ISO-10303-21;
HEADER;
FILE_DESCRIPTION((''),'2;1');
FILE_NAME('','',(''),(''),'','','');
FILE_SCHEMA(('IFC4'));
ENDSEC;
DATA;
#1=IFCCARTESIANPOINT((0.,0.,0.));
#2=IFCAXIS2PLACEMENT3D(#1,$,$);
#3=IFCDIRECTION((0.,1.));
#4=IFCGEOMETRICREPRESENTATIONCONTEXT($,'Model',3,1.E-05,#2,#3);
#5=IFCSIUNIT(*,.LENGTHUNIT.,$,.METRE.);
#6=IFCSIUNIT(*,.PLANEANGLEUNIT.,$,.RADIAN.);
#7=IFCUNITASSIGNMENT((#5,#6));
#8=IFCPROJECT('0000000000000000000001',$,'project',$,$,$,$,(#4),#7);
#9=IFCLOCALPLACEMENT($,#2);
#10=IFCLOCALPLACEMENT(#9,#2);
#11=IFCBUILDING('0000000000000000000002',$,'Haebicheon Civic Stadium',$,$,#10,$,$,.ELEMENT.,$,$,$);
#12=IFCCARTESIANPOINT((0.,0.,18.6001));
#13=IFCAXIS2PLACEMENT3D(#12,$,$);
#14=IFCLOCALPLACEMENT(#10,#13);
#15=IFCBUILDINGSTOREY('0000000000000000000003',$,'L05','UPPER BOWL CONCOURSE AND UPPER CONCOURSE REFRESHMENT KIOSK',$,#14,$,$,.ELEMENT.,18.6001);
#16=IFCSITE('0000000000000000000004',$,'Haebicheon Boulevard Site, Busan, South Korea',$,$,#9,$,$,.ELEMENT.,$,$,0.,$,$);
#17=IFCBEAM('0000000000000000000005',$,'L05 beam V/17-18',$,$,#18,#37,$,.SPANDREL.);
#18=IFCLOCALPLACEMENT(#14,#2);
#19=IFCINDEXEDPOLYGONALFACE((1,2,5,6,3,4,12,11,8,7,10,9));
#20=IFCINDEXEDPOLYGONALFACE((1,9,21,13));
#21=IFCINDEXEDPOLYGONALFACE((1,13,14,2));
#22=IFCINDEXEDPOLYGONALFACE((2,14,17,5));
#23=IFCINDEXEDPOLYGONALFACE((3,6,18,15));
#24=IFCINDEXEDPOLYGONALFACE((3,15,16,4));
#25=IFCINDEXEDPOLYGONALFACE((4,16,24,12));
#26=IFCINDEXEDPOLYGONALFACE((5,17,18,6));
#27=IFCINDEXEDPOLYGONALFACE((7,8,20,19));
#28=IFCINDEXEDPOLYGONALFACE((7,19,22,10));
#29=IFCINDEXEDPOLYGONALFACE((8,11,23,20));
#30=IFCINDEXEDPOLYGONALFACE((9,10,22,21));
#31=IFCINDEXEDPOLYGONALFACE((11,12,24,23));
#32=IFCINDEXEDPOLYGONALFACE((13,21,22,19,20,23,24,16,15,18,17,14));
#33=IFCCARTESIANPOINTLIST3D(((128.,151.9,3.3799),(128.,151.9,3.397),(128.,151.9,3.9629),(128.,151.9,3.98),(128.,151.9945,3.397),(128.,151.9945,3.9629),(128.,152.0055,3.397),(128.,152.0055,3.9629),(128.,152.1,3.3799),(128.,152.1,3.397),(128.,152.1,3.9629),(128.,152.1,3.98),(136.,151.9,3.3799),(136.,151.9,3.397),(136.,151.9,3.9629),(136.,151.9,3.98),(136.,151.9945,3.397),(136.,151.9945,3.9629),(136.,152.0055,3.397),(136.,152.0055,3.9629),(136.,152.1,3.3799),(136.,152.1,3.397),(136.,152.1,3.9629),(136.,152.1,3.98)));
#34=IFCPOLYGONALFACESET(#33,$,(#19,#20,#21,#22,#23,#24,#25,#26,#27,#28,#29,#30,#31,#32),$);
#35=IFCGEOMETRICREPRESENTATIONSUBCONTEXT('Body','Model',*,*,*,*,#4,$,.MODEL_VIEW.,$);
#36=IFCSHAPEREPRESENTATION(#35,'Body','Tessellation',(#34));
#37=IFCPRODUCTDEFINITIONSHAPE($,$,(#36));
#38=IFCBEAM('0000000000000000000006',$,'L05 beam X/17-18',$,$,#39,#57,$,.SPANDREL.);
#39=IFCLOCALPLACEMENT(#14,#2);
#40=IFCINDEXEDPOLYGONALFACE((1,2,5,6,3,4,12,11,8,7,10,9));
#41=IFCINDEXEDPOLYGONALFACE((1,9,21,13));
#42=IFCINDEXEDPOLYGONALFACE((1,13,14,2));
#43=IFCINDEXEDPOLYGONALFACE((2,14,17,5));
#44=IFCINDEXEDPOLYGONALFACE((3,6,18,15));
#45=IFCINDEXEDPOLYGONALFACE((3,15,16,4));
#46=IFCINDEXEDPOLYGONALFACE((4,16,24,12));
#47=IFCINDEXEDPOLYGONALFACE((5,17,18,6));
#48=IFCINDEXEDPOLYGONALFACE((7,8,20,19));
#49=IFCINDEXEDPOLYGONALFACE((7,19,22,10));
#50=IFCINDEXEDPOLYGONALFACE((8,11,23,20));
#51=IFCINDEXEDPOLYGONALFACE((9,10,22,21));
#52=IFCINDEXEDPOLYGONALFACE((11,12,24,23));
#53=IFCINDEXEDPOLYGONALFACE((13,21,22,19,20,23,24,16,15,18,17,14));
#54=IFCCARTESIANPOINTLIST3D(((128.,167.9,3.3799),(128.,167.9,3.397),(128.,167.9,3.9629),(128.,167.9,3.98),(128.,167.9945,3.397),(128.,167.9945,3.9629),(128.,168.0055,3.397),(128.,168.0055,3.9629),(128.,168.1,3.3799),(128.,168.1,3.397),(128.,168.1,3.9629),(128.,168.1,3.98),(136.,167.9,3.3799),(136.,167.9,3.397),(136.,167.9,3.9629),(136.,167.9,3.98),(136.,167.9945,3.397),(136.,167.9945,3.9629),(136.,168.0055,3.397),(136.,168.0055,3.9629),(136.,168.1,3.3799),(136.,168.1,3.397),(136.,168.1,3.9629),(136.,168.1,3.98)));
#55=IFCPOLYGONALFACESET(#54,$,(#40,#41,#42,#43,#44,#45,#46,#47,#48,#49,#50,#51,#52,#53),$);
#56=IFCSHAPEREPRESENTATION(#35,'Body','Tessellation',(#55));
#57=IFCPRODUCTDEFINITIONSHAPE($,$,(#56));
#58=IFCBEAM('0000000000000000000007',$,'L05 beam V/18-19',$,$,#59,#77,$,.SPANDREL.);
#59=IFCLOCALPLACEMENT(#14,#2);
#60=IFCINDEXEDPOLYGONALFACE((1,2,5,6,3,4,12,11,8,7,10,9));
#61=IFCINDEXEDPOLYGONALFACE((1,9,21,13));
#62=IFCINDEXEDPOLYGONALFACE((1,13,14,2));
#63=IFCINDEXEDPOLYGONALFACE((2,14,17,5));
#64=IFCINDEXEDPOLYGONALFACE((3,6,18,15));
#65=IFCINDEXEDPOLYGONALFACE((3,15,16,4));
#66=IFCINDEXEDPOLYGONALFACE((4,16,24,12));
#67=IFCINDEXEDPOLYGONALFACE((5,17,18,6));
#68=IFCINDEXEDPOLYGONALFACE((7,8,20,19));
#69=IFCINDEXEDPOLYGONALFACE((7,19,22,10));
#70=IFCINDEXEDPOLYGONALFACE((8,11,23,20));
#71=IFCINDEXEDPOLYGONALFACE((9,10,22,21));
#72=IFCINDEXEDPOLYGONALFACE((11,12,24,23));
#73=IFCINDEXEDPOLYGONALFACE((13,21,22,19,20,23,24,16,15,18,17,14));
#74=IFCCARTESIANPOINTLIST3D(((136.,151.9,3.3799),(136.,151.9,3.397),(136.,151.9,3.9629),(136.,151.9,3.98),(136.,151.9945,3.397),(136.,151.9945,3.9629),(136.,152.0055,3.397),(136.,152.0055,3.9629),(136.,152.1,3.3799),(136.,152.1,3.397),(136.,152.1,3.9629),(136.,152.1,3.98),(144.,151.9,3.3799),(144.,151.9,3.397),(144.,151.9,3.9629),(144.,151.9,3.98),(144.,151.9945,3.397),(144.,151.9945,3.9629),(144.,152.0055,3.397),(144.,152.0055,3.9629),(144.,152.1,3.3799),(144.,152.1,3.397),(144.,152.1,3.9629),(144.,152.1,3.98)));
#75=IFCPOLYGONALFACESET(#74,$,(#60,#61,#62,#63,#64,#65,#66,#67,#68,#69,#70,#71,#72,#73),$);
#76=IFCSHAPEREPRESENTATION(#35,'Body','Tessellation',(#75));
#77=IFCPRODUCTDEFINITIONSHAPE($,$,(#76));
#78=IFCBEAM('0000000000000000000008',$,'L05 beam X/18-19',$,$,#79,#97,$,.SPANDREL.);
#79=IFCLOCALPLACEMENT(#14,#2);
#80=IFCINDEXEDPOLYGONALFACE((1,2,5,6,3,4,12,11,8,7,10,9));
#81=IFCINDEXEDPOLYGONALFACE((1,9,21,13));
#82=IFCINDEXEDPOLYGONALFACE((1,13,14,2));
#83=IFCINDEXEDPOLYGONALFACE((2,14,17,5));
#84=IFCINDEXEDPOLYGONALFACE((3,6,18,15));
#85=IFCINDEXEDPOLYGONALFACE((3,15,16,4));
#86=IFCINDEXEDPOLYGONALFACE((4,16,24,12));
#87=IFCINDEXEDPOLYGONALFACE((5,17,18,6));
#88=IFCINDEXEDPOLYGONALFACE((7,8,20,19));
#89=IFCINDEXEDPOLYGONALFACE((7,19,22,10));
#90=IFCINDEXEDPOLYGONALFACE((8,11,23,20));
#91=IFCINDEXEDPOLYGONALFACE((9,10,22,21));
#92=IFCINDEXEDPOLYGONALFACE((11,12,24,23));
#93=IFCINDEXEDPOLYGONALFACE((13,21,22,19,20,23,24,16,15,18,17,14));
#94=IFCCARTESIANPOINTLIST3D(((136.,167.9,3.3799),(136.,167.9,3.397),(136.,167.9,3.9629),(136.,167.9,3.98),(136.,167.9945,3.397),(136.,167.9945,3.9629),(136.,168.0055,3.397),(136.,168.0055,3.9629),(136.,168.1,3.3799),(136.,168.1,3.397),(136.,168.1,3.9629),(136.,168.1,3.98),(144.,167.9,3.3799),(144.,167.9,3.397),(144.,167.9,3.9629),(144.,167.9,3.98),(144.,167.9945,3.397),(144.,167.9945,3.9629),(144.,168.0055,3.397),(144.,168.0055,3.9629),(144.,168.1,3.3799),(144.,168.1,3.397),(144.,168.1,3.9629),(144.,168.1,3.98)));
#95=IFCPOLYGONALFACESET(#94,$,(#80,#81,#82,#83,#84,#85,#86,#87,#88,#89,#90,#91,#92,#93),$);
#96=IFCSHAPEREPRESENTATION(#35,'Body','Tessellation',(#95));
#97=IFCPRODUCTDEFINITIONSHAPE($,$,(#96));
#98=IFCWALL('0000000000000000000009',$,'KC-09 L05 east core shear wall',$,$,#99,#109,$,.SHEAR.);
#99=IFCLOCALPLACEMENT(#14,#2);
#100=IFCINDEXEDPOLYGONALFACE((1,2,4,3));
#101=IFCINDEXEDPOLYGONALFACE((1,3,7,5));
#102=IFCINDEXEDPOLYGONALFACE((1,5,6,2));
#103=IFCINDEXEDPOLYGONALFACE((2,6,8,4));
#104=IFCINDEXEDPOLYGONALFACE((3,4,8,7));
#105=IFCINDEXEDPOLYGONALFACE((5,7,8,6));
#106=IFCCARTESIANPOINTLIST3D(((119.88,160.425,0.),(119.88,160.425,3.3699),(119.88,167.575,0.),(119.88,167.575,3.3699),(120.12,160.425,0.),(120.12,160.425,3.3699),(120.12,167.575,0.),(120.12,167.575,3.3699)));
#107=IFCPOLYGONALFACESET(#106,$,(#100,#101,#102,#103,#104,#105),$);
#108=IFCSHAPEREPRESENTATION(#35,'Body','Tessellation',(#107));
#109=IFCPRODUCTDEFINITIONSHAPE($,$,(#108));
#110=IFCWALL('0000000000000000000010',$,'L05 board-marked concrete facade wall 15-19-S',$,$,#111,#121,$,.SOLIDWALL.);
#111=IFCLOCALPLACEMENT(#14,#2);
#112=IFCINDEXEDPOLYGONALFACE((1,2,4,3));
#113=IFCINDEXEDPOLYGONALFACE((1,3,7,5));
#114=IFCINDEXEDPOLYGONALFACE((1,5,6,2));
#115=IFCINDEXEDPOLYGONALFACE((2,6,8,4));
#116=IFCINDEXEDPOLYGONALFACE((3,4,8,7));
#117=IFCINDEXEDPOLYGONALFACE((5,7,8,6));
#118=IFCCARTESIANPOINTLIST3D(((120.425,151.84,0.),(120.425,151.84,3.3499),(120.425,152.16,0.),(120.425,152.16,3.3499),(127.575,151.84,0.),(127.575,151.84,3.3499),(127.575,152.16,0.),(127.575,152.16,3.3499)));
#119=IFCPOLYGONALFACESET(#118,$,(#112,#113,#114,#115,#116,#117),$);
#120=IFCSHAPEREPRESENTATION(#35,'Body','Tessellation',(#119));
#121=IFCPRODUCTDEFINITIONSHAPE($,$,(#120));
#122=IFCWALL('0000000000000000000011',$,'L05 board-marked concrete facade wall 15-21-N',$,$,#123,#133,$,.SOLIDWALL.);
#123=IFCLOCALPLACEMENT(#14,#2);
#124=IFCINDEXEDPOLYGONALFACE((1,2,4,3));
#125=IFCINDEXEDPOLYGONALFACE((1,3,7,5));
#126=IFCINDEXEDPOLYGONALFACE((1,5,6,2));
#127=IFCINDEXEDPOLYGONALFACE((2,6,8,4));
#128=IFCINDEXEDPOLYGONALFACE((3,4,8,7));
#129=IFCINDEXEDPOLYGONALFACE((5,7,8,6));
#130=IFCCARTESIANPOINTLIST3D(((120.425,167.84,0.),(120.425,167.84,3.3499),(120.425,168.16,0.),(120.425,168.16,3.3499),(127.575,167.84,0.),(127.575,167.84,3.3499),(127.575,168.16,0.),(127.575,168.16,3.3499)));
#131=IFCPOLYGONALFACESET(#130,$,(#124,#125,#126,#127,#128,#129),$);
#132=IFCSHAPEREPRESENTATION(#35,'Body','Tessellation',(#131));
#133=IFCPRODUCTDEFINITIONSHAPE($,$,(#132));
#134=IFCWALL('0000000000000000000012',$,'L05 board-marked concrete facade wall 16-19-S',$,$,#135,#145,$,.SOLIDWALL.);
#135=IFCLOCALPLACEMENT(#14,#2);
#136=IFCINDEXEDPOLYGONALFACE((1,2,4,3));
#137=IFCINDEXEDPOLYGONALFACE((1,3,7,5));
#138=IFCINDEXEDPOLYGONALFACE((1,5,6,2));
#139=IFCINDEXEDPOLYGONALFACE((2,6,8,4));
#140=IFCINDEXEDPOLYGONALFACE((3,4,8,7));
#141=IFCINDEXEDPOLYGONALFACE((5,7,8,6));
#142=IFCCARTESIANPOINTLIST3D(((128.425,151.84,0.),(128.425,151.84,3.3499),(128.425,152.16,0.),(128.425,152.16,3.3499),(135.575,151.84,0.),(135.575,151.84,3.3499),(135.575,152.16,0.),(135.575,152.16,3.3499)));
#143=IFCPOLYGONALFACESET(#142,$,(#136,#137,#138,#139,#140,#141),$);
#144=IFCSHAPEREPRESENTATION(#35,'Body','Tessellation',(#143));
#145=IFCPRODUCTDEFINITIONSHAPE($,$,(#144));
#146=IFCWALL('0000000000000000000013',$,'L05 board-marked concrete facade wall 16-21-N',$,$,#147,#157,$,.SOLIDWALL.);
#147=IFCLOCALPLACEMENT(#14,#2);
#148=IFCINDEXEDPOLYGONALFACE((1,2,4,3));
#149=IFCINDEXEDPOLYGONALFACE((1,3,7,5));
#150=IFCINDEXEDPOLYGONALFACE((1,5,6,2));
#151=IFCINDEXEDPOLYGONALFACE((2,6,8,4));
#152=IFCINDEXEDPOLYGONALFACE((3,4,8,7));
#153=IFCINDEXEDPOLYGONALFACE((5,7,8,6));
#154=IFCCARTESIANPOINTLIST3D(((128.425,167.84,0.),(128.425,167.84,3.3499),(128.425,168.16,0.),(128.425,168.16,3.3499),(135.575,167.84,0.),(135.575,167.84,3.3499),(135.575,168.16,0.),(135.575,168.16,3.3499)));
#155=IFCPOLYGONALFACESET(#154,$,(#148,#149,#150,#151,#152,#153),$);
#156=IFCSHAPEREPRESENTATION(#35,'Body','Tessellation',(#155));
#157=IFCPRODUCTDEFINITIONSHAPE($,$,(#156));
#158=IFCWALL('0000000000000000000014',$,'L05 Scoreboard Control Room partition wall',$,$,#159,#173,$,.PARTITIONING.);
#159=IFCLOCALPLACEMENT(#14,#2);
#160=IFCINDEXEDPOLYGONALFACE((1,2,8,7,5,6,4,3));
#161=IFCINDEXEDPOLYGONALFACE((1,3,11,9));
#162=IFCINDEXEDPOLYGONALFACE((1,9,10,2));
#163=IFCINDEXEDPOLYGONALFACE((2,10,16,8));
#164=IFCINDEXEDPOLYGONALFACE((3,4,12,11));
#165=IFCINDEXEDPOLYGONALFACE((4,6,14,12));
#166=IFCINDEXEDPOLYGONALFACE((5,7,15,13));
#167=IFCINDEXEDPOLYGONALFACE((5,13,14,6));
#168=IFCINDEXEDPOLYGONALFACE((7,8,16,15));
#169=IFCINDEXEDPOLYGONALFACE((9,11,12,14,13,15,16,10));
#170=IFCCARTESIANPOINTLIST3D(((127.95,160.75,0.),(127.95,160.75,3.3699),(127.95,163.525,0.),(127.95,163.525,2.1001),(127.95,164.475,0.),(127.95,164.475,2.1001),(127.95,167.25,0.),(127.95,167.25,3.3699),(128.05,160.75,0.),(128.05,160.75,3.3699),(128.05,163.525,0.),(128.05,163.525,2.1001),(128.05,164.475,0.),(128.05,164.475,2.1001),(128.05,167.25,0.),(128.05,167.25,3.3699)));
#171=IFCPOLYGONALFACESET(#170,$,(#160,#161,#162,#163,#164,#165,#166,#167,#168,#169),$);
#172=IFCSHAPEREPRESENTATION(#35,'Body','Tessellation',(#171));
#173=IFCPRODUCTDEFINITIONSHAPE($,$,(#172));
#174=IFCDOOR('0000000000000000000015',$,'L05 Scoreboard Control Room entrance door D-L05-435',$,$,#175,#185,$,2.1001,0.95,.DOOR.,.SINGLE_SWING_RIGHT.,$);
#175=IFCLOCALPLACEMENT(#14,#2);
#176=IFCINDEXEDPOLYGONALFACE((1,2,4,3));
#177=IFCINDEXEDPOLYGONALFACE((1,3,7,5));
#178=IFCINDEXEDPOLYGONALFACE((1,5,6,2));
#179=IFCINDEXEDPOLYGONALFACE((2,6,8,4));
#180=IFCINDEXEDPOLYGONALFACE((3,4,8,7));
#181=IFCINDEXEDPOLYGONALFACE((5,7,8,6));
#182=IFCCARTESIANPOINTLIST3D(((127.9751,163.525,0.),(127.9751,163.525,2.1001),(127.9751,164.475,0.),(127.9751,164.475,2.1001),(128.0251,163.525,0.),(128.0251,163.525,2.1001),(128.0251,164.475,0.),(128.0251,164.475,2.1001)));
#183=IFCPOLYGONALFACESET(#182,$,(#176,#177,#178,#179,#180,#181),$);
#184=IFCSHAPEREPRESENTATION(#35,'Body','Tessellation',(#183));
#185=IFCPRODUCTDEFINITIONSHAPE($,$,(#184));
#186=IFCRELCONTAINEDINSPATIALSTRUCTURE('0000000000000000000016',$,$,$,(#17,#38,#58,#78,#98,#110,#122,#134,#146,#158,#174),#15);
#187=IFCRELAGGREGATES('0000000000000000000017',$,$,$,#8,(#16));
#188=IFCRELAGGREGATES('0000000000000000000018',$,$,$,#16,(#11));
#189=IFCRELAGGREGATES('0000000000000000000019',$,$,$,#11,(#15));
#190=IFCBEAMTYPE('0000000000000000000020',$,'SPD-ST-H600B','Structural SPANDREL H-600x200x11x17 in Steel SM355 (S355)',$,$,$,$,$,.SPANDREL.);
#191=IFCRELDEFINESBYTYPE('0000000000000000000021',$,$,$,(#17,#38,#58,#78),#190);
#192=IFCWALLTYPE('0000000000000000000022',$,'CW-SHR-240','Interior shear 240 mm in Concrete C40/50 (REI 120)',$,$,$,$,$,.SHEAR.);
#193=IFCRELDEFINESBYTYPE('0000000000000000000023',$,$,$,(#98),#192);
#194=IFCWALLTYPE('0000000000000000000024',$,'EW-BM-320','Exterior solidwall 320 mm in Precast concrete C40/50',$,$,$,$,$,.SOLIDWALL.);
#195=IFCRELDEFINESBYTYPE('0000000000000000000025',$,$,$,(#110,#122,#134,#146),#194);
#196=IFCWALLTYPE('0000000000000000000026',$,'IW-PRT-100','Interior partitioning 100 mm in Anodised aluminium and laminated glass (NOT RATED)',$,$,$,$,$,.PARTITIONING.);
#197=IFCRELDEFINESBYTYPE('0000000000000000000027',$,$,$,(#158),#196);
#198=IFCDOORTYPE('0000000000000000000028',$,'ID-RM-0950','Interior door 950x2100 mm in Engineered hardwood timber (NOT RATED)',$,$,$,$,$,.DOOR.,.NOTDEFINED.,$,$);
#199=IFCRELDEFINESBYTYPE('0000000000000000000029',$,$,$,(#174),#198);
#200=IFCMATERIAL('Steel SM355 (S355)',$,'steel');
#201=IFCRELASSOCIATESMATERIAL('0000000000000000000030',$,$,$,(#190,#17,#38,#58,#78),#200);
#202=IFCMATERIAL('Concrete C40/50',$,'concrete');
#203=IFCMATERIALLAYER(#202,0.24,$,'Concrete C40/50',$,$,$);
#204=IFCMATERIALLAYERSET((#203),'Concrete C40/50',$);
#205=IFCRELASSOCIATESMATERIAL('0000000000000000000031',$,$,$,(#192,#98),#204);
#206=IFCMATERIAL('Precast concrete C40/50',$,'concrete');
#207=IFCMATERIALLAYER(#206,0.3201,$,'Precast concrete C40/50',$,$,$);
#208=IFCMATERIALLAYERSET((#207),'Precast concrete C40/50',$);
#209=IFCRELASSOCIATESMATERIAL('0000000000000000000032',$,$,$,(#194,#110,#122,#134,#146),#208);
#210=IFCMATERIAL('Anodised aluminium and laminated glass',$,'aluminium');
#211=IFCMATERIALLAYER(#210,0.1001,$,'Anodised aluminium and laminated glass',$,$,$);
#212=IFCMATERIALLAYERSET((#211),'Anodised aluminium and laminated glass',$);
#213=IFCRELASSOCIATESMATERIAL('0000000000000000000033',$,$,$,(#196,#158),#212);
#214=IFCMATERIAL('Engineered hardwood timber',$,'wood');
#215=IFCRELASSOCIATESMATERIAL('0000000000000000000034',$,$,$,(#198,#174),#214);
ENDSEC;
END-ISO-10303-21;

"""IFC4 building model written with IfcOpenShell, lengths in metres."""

from ifc_helpers import new_model, si_unit, direction, frame, frame_2d, origin, origin_2d, place, context, subcontext, project, spatial, rectangle, i_section, extrude, material, layer, layer_set, material_profile, profile_set, type_object, element, fill, save


model = new_model("IFC4")

# Units and contexts
model_context = context("Model", 3, precision=1e-05, world=origin(), true_north=direction((0.0, 1.0)))
body_context = subcontext(model_context, "Body", "Model", "MODEL_VIEW")
ifc_project = project(units=[si_unit("LENGTHUNIT", "METRE"), si_unit("PLANEANGLEUNIT", "RADIAN")], contexts=[model_context])

# Site, building, storey
site_placement = place(None, origin())
site = spatial("IfcSite", under=ifc_project, at=site_placement, Name="Haebicheon Boulevard Site, Busan, South Korea", CompositionType="ELEMENT", RefElevation=0.0)
building_placement = place(site_placement, origin())
building = spatial("IfcBuilding", under=site, at=building_placement, Name="Haebicheon Civic Stadium", CompositionType="ELEMENT")
storey_placement = place(building_placement, frame((0.0, 0.0, 18.6001)))
storey = spatial("IfcBuildingStorey", under=building, at=storey_placement, Name="L05", Description="UPPER BOWL CONCOURSE AND UPPER CONCOURSE REFRESHMENT KIOSK", CompositionType="ELEMENT", Elevation=18.6001)

# Beams
ifc_material_1 = material(Name="Steel SM355 (S355)", Category="steel")
ifc_material_profile_1 = material_profile(ifc_material_1, i_section(OverallWidth=0.2, OverallDepth=0.6001, WebThickness=0.011, FlangeThickness=0.0171, at=origin_2d()), Name="H-600x200x11x17")
ifc_profile_set_1 = profile_set([ifc_material_profile_1], Name="Steel SM355 (S355)")
beam_type_1 = type_object("IfcBeamType", Name="SPD-ST-H600B", Description="Structural SPANDREL H-600x200x11x17 in Steel SM355 (S355)", PredefinedType="SPANDREL", material=ifc_profile_set_1)
for number, where, z_axis, x_axis, name in (
    (1, (128.0, 152.0, 3.6799), (1.0, 0.0, 0.0), (0.0, 1.0, 0.0), "L05 beam V/17-18"),
    (2, (128.0, 168.0, 3.6799), (1.0, 0.0, 0.0), (0.0, 1.0, 0.0), "L05 beam X/17-18"),
    (3, (136.0, 152.0, 3.6799), (1.0, 0.0, 0.0), (0.0, 1.0, 0.0), "L05 beam V/18-19"),
    (4, (136.0, 168.0, 3.6799), (1.0, 0.0, 0.0), (0.0, 1.0, 0.0), "L05 beam X/18-19"),
):
    element("IfcBeam", number, at=place(storey_placement, frame(where, z_axis=z_axis, x_axis=x_axis)), inside=storey, type_object=beam_type_1, material=ifc_profile_set_1, Name=name, PredefinedType="SPANDREL", context=body_context, shape_type="SweptSolid", body=[
        extrude(i_section(OverallWidth=0.2, OverallDepth=0.6001, WebThickness=0.011, FlangeThickness=0.0171, at=origin_2d()), origin(), (0.0, 0.0, 1.0), 8.0),
    ])

# Walls
ifc_material_2 = material(Name="Concrete C40/50", Category="concrete")
ifc_layer_1 = layer(ifc_material_2, 0.24, Name="Concrete C40/50")
ifc_layer_set_1 = layer_set([ifc_layer_1], Name="Concrete C40/50")
wall_type_1 = type_object("IfcWallType", Name="CW-SHR-240", Description="Interior shear 240 mm in Concrete C40/50 (REI 120)", PredefinedType="SHEAR", material=ifc_layer_set_1)
wall_1_placement = place(storey_placement, frame((120.0, 160.425, 0.0), z_axis=(0.0, 0.0, 1.0), x_axis=(0.0, 1.0, 0.0)))
element("IfcWall", 5, at=wall_1_placement, inside=storey, type_object=wall_type_1, material=ifc_layer_set_1, Name="KC-09 L05 east core shear wall", PredefinedType="SHEAR", context=body_context, shape_type="SweptSolid", body=[
    extrude(rectangle(XDim=7.1499, YDim=0.24, at=frame_2d((3.575, 0.0))), origin(), (0.0, 0.0, 1.0), 3.3699),
])
ifc_material_3 = material(Name="Precast concrete C40/50", Category="concrete")
ifc_layer_2 = layer(ifc_material_3, 0.3201, Name="Precast concrete C40/50")
ifc_layer_set_2 = layer_set([ifc_layer_2], Name="Precast concrete C40/50")
wall_type_2 = type_object("IfcWallType", Name="EW-BM-320", Description="Exterior solidwall 320 mm in Precast concrete C40/50", PredefinedType="SOLIDWALL", material=ifc_layer_set_2)
for number, where, z_axis, x_axis, name in (
    (6, (120.425, 152.0, 0.0), (0.0, 0.0, 1.0), (1.0, 0.0, 0.0), "L05 board-marked concrete facade wall 15-19-S"),
    (7, (120.425, 168.0, 0.0), (0.0, 0.0, 1.0), (1.0, 0.0, 0.0), "L05 board-marked concrete facade wall 15-21-N"),
    (8, (128.425, 152.0, 0.0), (0.0, 0.0, 1.0), (1.0, 0.0, 0.0), "L05 board-marked concrete facade wall 16-19-S"),
    (9, (128.425, 168.0, 0.0), (0.0, 0.0, 1.0), (1.0, 0.0, 0.0), "L05 board-marked concrete facade wall 16-21-N"),
):
    element("IfcWall", number, at=place(storey_placement, frame(where, z_axis=z_axis, x_axis=x_axis)), inside=storey, type_object=wall_type_2, material=ifc_layer_set_2, Name=name, PredefinedType="SOLIDWALL", context=body_context, shape_type="SweptSolid", body=[
        extrude(rectangle(XDim=7.1499, YDim=0.3201, at=frame_2d((3.575, 0.0))), origin(), (0.0, 0.0, 1.0), 3.3499),
    ])

# Wall, opening, door
ifc_material_4 = material(Name="Anodised aluminium and laminated glass", Category="aluminium")
ifc_layer_3 = layer(ifc_material_4, 0.1001, Name="Anodised aluminium and laminated glass")
ifc_layer_set_3 = layer_set([ifc_layer_3], Name="Anodised aluminium and laminated glass")
wall_type_3 = type_object("IfcWallType", Name="IW-PRT-100", Description="Interior partitioning 100 mm in Anodised aluminium and laminated glass (NOT RATED)", PredefinedType="PARTITIONING", material=ifc_layer_set_3)
wall_2_placement = place(storey_placement, frame((128.0, 160.75, 0.0), z_axis=(0.0, 0.0, 1.0), x_axis=(0.0, 1.0, 0.0)))
wall_2 = element("IfcWall", 10, at=wall_2_placement, inside=storey, type_object=wall_type_3, material=ifc_layer_set_3, Name="L05 Scoreboard Control Room partition wall", PredefinedType="PARTITIONING", context=body_context, shape_type="SweptSolid", body=[
    extrude(rectangle(XDim=6.5, YDim=0.1001, at=frame_2d((3.25, 0.0))), origin(), (0.0, 0.0, 1.0), 3.3699),
])
opening_placement = place(wall_2_placement, frame((2.7749, 0.0, 0.0)))
opening = element("IfcOpeningElement", 11, at=opening_placement, cuts=wall_2, PredefinedType="OPENING", context=body_context, shape_type="SweptSolid", body=[
    extrude(rectangle(XDim=0.95, YDim=2.1001, at=frame_2d((0.4751, 1.05))), frame((0.0, 0.0601, 0.0), z_axis=(0.0, -1.0, 0.0), x_axis=(1.0, 0.0, 0.0)), (0.0, 0.0, 1.0), 0.1201),
])
ifc_material_5 = material(Name="Engineered hardwood timber", Category="wood")
door_type = type_object("IfcDoorType", Name="ID-RM-0950", Description="Interior door 950x2100 mm in Engineered hardwood timber (NOT RATED)", OperationType="NOTDEFINED", PredefinedType="DOOR", material=ifc_material_5)
door_placement = place(opening_placement, origin())
door = element("IfcDoor", 12, at=door_placement, inside=storey, type_object=door_type, material=ifc_material_5, Name="L05 Scoreboard Control Room entrance door D-L05-435", OperationType="SINGLE_SWING_RIGHT", OverallHeight=2.1001, OverallWidth=0.95, PredefinedType="DOOR", context=body_context, shape_type="SweptSolid", body=[
    extrude(rectangle(XDim=0.95, YDim=2.1001, at=frame_2d((0.4751, 1.05))), frame((0.0, 0.0249, 0.0), z_axis=(0.0, -1.0, 0.0), x_axis=(1.0, 0.0, 0.0)), (0.0, 0.0, 1.0), 0.05),
])
fill(opening, door)

save(model, "model.ifc")
